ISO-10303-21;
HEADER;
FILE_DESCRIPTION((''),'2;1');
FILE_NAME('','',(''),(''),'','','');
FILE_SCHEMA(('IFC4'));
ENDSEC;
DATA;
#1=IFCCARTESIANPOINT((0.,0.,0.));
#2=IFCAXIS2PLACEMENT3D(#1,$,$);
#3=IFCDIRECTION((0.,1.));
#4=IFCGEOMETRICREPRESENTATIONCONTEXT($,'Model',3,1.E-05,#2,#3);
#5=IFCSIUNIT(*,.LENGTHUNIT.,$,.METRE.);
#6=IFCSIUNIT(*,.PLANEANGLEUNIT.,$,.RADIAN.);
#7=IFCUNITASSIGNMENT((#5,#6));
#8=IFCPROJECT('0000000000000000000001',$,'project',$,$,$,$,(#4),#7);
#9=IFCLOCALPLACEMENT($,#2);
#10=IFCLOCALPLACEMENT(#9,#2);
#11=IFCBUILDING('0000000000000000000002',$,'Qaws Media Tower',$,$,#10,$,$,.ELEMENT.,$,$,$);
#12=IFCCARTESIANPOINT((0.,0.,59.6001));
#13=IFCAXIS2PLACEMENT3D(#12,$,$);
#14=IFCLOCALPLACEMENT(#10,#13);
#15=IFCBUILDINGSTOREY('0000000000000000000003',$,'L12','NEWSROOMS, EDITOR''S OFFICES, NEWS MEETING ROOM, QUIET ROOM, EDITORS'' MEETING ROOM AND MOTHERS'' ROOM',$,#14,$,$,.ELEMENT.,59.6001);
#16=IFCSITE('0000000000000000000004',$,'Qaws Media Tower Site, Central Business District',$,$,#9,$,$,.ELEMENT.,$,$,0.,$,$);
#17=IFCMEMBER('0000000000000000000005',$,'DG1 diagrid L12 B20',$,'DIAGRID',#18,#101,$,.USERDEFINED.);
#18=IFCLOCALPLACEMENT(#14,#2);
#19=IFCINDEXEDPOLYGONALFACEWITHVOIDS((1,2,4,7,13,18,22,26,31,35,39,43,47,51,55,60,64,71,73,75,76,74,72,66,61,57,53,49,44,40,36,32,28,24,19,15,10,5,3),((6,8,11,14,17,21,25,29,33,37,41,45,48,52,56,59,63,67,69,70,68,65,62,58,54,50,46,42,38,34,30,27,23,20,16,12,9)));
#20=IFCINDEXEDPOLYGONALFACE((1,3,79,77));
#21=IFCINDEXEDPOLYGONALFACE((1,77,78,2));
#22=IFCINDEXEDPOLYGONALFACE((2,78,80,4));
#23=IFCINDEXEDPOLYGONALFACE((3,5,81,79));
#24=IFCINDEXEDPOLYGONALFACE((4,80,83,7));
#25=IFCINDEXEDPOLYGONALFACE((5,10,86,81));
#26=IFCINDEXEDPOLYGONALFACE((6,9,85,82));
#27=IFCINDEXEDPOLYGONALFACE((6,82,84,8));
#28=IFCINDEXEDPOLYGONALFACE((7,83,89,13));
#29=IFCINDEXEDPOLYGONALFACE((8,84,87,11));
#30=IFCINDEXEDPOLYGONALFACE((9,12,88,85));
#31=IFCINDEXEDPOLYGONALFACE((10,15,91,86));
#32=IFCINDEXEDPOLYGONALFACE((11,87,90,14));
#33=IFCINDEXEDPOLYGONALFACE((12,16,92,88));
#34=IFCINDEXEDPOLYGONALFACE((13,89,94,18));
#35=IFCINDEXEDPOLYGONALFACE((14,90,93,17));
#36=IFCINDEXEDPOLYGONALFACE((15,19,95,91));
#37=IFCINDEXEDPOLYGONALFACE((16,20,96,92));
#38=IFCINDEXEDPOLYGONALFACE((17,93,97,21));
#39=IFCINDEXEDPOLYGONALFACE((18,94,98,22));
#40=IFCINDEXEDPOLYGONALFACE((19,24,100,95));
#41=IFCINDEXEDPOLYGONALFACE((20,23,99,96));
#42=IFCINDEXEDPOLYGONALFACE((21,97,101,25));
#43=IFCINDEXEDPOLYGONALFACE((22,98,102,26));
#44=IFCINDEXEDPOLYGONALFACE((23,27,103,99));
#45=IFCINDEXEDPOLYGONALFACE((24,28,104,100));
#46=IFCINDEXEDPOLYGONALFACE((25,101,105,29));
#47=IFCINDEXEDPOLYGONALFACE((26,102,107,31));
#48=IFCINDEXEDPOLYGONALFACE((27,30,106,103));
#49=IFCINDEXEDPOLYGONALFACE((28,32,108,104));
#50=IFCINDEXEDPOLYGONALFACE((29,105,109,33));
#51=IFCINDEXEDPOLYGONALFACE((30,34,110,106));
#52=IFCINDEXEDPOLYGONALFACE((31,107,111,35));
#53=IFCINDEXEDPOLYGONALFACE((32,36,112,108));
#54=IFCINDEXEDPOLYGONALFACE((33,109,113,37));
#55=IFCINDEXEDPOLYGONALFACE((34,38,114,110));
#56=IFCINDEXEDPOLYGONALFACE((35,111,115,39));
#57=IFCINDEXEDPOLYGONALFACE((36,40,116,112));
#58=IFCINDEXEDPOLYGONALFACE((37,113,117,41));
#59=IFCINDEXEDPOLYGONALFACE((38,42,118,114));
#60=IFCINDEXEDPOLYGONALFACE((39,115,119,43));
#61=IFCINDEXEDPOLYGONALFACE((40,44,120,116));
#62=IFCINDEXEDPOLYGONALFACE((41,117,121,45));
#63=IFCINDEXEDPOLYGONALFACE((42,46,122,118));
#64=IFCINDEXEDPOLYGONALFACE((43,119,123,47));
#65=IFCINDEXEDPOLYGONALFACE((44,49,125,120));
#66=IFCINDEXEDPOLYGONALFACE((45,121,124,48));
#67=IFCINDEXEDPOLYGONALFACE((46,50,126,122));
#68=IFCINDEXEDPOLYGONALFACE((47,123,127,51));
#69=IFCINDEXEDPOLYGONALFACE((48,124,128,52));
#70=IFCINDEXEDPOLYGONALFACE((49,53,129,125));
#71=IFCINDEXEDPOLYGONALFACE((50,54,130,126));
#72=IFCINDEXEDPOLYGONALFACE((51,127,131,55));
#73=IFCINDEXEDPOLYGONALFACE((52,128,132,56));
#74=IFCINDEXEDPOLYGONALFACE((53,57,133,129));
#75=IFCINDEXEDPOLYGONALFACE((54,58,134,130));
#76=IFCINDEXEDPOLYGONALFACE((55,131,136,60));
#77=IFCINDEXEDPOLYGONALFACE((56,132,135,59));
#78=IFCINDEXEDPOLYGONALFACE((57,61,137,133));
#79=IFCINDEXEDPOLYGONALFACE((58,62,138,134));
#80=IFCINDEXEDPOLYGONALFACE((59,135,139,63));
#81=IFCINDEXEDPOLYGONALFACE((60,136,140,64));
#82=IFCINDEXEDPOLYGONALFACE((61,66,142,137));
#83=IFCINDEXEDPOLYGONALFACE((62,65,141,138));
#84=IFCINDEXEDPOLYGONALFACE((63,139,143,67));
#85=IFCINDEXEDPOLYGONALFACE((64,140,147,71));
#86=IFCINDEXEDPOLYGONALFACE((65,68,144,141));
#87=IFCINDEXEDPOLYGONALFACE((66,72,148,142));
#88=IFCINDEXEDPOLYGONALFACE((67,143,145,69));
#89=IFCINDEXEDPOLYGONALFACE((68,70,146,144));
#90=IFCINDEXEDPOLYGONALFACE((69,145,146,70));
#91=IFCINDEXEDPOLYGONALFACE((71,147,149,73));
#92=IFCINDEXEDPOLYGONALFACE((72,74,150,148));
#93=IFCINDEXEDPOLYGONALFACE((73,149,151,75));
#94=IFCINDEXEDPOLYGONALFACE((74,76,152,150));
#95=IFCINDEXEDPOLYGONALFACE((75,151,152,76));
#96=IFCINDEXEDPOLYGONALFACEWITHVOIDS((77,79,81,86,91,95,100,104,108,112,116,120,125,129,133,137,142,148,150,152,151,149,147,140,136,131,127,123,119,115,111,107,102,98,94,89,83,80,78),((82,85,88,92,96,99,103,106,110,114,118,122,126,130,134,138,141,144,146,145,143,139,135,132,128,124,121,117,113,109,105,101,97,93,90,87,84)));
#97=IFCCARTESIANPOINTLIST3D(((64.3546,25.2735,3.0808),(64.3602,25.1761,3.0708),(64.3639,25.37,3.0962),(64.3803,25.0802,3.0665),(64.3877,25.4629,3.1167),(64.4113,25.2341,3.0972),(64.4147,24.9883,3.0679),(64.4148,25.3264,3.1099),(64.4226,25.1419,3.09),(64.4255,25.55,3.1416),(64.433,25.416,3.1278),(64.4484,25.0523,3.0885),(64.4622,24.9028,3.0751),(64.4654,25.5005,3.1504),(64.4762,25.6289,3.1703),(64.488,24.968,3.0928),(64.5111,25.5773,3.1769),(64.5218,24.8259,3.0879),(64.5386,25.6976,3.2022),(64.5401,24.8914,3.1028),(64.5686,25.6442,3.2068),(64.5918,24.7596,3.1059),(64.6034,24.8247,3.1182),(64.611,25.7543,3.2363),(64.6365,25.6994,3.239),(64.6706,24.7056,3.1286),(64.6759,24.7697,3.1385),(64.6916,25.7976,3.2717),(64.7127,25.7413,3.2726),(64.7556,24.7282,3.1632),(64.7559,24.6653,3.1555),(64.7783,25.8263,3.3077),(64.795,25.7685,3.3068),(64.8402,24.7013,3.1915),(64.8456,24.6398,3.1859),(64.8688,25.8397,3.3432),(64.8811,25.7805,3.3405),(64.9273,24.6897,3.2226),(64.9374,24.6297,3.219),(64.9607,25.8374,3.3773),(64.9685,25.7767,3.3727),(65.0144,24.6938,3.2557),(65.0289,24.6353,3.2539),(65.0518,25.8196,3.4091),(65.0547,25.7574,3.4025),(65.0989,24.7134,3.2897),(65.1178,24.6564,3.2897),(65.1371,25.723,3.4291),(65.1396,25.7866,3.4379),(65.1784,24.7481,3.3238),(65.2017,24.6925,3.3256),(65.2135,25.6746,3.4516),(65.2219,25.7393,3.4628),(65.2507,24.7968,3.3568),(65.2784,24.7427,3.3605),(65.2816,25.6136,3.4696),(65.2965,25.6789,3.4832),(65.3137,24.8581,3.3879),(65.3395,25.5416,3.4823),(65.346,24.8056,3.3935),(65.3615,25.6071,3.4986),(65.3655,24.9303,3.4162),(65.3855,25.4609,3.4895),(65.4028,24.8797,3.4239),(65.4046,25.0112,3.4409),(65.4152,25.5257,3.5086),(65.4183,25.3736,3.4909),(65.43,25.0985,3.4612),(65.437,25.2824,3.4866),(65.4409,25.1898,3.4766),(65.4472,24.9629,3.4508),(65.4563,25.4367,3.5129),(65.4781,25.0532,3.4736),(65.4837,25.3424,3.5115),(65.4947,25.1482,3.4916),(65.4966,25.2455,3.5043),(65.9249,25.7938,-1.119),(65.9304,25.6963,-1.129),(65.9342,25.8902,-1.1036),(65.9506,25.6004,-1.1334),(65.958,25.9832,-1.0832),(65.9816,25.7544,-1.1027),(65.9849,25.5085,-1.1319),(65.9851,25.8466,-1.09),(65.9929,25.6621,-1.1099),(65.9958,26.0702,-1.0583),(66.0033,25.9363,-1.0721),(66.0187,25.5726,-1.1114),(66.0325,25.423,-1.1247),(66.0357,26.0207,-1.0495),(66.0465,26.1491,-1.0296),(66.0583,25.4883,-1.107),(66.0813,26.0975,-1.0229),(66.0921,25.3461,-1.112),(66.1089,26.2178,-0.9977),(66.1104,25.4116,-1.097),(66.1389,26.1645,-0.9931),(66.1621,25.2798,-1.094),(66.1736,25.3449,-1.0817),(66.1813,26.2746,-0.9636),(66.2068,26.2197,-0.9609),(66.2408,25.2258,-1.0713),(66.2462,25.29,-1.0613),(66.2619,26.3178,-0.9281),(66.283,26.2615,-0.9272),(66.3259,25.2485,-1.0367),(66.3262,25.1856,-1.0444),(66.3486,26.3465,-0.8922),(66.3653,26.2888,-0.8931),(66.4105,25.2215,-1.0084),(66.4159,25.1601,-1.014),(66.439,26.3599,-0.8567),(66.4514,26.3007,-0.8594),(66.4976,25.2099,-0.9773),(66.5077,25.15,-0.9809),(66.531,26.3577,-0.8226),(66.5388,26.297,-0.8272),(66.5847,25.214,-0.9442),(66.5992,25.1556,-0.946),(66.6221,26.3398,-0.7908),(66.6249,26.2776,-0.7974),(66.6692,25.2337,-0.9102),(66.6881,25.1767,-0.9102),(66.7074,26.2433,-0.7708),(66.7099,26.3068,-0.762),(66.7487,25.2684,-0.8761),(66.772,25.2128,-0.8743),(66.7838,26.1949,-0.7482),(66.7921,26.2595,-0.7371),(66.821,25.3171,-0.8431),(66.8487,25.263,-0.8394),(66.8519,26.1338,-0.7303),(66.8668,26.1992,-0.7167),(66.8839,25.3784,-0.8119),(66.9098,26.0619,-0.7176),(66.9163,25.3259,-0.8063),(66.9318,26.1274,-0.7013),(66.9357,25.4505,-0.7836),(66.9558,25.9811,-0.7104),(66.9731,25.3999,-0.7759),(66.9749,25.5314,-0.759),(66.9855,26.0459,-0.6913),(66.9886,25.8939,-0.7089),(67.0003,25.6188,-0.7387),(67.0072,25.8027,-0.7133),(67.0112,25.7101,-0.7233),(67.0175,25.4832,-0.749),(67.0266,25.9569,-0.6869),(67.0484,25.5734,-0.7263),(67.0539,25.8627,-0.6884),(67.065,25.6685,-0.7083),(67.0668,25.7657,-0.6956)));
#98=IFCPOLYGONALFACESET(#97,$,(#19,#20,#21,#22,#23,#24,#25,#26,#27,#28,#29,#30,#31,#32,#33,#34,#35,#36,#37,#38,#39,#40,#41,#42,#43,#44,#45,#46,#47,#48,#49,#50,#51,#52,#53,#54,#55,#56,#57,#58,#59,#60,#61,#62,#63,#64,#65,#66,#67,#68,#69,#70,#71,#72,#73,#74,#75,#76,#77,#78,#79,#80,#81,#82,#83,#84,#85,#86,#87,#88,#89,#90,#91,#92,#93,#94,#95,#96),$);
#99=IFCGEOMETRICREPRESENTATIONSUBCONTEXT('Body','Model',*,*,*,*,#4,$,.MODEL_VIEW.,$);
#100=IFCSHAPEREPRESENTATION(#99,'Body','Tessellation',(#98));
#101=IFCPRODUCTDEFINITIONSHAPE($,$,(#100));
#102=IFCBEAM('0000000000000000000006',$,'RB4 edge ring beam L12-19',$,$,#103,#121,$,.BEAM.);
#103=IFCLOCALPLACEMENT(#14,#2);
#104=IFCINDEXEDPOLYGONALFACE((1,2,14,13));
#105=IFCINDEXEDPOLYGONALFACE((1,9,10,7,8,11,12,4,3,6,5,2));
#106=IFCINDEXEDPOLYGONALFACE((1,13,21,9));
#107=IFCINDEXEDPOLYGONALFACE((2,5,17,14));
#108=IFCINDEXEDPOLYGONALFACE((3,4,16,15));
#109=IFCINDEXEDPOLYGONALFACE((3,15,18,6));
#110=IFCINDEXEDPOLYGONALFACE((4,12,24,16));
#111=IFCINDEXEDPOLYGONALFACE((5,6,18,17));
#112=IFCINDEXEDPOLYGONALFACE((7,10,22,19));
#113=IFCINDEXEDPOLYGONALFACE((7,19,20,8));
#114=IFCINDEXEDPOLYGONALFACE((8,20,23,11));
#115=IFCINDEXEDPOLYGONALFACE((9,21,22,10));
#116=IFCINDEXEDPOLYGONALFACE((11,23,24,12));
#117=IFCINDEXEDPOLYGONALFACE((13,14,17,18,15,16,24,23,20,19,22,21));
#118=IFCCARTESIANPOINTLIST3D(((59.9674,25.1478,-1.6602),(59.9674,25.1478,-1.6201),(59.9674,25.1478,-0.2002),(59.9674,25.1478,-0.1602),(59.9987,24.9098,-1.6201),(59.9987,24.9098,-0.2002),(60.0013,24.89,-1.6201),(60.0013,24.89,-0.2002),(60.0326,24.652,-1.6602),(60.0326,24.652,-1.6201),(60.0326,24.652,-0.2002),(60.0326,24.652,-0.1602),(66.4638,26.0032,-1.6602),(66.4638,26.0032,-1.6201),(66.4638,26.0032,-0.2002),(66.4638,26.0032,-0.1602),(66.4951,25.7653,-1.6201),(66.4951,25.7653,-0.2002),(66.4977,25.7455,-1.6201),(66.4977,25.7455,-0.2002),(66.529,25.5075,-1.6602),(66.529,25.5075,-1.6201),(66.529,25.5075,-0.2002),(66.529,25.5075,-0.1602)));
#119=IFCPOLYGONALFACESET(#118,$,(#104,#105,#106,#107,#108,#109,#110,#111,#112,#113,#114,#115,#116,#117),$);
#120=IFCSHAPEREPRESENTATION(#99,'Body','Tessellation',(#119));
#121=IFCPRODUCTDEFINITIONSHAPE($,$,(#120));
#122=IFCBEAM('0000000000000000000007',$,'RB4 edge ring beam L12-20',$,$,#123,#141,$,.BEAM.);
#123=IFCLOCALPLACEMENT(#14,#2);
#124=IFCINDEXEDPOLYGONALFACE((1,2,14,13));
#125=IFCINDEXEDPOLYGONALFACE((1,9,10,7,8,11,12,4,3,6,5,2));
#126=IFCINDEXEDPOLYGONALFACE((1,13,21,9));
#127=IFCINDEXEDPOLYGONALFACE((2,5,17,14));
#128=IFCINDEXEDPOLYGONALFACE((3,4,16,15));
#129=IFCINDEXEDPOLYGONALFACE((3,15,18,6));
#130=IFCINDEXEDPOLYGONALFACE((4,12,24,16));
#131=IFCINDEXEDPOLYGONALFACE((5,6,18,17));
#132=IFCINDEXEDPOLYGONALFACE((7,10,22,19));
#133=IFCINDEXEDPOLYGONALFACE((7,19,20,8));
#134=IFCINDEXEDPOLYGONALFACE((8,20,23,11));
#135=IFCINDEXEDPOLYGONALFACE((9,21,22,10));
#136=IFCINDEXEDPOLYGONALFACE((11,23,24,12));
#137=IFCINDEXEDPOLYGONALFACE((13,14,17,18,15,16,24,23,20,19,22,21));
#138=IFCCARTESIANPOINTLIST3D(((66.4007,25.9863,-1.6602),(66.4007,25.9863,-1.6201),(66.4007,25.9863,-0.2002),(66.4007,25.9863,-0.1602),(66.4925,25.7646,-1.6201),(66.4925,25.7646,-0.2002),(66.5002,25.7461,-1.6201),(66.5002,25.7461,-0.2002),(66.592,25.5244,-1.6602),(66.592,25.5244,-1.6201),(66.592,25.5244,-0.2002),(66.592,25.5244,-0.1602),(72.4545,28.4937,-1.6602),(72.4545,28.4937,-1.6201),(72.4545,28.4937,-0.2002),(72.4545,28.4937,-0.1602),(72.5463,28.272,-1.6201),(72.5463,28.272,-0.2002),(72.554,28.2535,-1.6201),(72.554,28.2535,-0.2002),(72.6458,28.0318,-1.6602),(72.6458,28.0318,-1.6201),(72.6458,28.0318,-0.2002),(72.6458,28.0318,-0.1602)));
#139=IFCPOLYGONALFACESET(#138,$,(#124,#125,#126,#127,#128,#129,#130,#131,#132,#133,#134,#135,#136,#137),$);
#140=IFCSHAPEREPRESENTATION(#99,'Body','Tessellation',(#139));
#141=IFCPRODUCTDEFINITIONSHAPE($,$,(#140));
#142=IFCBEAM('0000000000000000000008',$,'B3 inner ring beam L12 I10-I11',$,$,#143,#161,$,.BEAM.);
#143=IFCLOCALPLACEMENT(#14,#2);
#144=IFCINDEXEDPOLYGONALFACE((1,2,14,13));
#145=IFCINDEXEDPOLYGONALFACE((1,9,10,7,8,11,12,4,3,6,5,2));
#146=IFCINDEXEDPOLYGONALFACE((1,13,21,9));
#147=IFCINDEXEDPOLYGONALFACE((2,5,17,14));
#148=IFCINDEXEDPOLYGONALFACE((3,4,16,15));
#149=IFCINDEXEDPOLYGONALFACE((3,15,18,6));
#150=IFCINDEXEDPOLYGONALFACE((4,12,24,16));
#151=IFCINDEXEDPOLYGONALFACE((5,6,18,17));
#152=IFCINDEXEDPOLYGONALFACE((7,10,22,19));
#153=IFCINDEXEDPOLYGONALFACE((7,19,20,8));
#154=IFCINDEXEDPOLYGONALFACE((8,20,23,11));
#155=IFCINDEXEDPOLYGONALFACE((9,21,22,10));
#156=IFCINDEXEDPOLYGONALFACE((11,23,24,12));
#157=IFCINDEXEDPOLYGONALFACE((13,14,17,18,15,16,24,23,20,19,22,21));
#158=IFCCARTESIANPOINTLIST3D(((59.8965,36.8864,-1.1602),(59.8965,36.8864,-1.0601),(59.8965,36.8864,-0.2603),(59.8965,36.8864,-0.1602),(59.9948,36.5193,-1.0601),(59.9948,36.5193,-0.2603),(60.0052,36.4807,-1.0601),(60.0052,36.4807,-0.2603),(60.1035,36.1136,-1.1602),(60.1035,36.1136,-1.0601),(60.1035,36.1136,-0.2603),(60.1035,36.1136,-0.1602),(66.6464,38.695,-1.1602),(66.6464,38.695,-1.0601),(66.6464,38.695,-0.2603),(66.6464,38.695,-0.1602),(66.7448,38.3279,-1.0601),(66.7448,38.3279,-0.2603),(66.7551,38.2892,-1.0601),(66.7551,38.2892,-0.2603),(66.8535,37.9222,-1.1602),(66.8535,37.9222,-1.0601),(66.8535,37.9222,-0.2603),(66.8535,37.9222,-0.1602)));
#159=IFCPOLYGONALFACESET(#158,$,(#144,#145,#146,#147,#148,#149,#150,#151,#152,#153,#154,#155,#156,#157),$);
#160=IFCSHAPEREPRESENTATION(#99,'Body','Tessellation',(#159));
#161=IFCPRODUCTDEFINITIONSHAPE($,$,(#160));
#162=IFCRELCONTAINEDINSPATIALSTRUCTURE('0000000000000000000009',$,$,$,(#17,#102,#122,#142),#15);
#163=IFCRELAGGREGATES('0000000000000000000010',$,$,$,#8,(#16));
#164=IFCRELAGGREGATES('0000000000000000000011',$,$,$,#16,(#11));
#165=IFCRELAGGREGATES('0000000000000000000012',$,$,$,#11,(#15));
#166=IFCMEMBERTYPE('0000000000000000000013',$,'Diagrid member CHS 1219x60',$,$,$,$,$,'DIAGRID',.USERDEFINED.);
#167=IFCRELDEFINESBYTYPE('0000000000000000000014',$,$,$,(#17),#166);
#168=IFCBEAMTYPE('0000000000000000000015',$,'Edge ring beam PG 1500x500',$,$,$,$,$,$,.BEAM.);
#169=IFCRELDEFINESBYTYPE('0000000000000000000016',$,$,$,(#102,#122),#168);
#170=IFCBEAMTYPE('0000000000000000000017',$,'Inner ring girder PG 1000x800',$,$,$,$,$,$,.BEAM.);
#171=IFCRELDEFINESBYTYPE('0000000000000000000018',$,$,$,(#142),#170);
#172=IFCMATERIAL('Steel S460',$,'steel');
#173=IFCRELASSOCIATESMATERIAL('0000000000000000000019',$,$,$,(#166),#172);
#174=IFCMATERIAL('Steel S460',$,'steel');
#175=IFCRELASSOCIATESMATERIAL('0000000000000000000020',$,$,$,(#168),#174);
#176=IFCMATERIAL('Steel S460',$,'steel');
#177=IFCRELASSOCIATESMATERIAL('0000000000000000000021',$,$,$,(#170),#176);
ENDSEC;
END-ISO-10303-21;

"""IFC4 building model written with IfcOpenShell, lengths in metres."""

from ifc_helpers import new_model, si_unit, direction, frame, origin, origin_2d, place, context, subcontext, project, spatial, hollow_circle, i_section, extrude, material, material_profile, profile_set, type_object, element, save


model = new_model("IFC4")

# Units and contexts
model_context = context("Model", 3, precision=1e-05, world=origin(), true_north=direction((0.0, 1.0)))
body_context = subcontext(model_context, "Body", "Model", "MODEL_VIEW")
ifc_project = project(units=[si_unit("LENGTHUNIT", "METRE"), si_unit("PLANEANGLEUNIT", "RADIAN")], contexts=[model_context])

# Site, building, storey
site_placement = place(None, origin())
site = spatial("IfcSite", under=ifc_project, at=site_placement, Name="Qaws Media Tower Site, Central Business District", CompositionType="ELEMENT", RefElevation=0.0)
building_placement = place(site_placement, origin())
building = spatial("IfcBuilding", under=site, at=building_placement, Name="Qaws Media Tower", CompositionType="ELEMENT")
storey_placement = place(building_placement, frame((0.0, 0.0, 59.6001)))
storey = spatial("IfcBuildingStorey", under=building, at=storey_placement, Name="L12", Description="NEWSROOMS, EDITOR'S OFFICES, NEWS MEETING ROOM, QUIET ROOM, EDITORS' MEETING ROOM AND MOTHERS' ROOM", CompositionType="ELEMENT", Elevation=59.6001)

# Member
ifc_material_1 = material(Name="Steel S460", Category="steel")
ifc_material_profile_1 = material_profile(ifc_material_1, hollow_circle(Radius=0.6096, WallThickness=0.0601, at=origin_2d()), Name="CHS 1219x60")
ifc_profile_set_1 = profile_set([ifc_material_profile_1], Name="Steel S460")
member_type_1 = type_object("IfcMemberType", Name="Diagrid member CHS 1219x60", ElementType="DIAGRID", PredefinedType="USERDEFINED", material=ifc_profile_set_1)
for number, where, z_axis, x_axis, name in (
    (1, (66.4963, 25.7554, -0.9102), (-0.347876, -0.115256, 0.930429), (0.314501, -0.949257, 0.0), "DG1 diagrid L12 B20"),
):
    element("IfcMember", number, at=place(storey_placement, frame(where, z_axis=z_axis, x_axis=x_axis)), inside=storey, type_object=member_type_1, Name=name, ObjectType="DIAGRID", PredefinedType="USERDEFINED", context=body_context, shape_type="SweptSolid", body=[
        extrude(hollow_circle(Radius=0.6096, WallThickness=0.0601, at=origin_2d()), origin(), (0.0, 0.0, 1.0), 4.5139),
    ])

# Beams
ifc_material_2 = material(Name="Steel S460", Category="steel")
ifc_material_profile_2 = material_profile(ifc_material_2, i_section(OverallWidth=0.5, OverallDepth=1.5, WebThickness=0.02, FlangeThickness=0.04, at=origin_2d()), Name="PG 1500x500")
ifc_profile_set_2 = profile_set([ifc_material_profile_2], Name="Steel S460")
beam_type_1 = type_object("IfcBeamType", Name="Edge ring beam PG 1500x500", PredefinedType="BEAM", material=ifc_profile_set_2)
for number, where, z_axis, x_axis, name in (
    (2, (60.0, 24.8999, -0.9102), (0.991441, 0.130558, 0.0), (-0.130558, 0.991441, 0.0), "RB4 edge ring beam L12-19"),
    (3, (66.4963, 25.7554, -0.9102), (0.923891, 0.382657, 0.0), (-0.382657, 0.923891, 0.0), "RB4 edge ring beam L12-20"),
):
    element("IfcBeam", number, at=place(storey_placement, frame(where, z_axis=z_axis, x_axis=x_axis)), inside=storey, type_object=beam_type_1, Name=name, PredefinedType="BEAM", context=body_context, shape_type="SweptSolid", body=[
        extrude(i_section(OverallWidth=0.5, OverallDepth=1.5, WebThickness=0.02, FlangeThickness=0.04, at=origin_2d()), origin(), (0.0, 0.0, 1.0), 6.5525),
    ])
ifc_material_3 = material(Name="Steel S460", Category="steel")
ifc_material_profile_3 = material_profile(ifc_material_3, i_section(OverallWidth=0.8, OverallDepth=1.0, WebThickness=0.04, FlangeThickness=0.1001, at=origin_2d()), Name="PG 1000x800")
ifc_profile_set_3 = profile_set([ifc_material_profile_3], Name="Steel S460")
beam_type_2 = type_object("IfcBeamType", Name="Inner ring girder PG 1000x800", PredefinedType="BEAM", material=ifc_profile_set_3)
beam_1_placement = place(storey_placement, frame((60.0, 36.5, -0.6602), z_axis=(0.965928, 0.258811, 0.0), x_axis=(-0.258811, 0.965928, 0.0)))
element("IfcBeam", 4, at=beam_1_placement, inside=storey, type_object=beam_type_2, Name="B3 inner ring beam L12 I10-I11", PredefinedType="BEAM", context=body_context, shape_type="SweptSolid", body=[
    extrude(i_section(OverallWidth=0.8, OverallDepth=1.0, WebThickness=0.04, FlangeThickness=0.1001, at=origin_2d()), origin(), (0.0, 0.0, 1.0), 6.988),
])

save(model, "model.ifc")
